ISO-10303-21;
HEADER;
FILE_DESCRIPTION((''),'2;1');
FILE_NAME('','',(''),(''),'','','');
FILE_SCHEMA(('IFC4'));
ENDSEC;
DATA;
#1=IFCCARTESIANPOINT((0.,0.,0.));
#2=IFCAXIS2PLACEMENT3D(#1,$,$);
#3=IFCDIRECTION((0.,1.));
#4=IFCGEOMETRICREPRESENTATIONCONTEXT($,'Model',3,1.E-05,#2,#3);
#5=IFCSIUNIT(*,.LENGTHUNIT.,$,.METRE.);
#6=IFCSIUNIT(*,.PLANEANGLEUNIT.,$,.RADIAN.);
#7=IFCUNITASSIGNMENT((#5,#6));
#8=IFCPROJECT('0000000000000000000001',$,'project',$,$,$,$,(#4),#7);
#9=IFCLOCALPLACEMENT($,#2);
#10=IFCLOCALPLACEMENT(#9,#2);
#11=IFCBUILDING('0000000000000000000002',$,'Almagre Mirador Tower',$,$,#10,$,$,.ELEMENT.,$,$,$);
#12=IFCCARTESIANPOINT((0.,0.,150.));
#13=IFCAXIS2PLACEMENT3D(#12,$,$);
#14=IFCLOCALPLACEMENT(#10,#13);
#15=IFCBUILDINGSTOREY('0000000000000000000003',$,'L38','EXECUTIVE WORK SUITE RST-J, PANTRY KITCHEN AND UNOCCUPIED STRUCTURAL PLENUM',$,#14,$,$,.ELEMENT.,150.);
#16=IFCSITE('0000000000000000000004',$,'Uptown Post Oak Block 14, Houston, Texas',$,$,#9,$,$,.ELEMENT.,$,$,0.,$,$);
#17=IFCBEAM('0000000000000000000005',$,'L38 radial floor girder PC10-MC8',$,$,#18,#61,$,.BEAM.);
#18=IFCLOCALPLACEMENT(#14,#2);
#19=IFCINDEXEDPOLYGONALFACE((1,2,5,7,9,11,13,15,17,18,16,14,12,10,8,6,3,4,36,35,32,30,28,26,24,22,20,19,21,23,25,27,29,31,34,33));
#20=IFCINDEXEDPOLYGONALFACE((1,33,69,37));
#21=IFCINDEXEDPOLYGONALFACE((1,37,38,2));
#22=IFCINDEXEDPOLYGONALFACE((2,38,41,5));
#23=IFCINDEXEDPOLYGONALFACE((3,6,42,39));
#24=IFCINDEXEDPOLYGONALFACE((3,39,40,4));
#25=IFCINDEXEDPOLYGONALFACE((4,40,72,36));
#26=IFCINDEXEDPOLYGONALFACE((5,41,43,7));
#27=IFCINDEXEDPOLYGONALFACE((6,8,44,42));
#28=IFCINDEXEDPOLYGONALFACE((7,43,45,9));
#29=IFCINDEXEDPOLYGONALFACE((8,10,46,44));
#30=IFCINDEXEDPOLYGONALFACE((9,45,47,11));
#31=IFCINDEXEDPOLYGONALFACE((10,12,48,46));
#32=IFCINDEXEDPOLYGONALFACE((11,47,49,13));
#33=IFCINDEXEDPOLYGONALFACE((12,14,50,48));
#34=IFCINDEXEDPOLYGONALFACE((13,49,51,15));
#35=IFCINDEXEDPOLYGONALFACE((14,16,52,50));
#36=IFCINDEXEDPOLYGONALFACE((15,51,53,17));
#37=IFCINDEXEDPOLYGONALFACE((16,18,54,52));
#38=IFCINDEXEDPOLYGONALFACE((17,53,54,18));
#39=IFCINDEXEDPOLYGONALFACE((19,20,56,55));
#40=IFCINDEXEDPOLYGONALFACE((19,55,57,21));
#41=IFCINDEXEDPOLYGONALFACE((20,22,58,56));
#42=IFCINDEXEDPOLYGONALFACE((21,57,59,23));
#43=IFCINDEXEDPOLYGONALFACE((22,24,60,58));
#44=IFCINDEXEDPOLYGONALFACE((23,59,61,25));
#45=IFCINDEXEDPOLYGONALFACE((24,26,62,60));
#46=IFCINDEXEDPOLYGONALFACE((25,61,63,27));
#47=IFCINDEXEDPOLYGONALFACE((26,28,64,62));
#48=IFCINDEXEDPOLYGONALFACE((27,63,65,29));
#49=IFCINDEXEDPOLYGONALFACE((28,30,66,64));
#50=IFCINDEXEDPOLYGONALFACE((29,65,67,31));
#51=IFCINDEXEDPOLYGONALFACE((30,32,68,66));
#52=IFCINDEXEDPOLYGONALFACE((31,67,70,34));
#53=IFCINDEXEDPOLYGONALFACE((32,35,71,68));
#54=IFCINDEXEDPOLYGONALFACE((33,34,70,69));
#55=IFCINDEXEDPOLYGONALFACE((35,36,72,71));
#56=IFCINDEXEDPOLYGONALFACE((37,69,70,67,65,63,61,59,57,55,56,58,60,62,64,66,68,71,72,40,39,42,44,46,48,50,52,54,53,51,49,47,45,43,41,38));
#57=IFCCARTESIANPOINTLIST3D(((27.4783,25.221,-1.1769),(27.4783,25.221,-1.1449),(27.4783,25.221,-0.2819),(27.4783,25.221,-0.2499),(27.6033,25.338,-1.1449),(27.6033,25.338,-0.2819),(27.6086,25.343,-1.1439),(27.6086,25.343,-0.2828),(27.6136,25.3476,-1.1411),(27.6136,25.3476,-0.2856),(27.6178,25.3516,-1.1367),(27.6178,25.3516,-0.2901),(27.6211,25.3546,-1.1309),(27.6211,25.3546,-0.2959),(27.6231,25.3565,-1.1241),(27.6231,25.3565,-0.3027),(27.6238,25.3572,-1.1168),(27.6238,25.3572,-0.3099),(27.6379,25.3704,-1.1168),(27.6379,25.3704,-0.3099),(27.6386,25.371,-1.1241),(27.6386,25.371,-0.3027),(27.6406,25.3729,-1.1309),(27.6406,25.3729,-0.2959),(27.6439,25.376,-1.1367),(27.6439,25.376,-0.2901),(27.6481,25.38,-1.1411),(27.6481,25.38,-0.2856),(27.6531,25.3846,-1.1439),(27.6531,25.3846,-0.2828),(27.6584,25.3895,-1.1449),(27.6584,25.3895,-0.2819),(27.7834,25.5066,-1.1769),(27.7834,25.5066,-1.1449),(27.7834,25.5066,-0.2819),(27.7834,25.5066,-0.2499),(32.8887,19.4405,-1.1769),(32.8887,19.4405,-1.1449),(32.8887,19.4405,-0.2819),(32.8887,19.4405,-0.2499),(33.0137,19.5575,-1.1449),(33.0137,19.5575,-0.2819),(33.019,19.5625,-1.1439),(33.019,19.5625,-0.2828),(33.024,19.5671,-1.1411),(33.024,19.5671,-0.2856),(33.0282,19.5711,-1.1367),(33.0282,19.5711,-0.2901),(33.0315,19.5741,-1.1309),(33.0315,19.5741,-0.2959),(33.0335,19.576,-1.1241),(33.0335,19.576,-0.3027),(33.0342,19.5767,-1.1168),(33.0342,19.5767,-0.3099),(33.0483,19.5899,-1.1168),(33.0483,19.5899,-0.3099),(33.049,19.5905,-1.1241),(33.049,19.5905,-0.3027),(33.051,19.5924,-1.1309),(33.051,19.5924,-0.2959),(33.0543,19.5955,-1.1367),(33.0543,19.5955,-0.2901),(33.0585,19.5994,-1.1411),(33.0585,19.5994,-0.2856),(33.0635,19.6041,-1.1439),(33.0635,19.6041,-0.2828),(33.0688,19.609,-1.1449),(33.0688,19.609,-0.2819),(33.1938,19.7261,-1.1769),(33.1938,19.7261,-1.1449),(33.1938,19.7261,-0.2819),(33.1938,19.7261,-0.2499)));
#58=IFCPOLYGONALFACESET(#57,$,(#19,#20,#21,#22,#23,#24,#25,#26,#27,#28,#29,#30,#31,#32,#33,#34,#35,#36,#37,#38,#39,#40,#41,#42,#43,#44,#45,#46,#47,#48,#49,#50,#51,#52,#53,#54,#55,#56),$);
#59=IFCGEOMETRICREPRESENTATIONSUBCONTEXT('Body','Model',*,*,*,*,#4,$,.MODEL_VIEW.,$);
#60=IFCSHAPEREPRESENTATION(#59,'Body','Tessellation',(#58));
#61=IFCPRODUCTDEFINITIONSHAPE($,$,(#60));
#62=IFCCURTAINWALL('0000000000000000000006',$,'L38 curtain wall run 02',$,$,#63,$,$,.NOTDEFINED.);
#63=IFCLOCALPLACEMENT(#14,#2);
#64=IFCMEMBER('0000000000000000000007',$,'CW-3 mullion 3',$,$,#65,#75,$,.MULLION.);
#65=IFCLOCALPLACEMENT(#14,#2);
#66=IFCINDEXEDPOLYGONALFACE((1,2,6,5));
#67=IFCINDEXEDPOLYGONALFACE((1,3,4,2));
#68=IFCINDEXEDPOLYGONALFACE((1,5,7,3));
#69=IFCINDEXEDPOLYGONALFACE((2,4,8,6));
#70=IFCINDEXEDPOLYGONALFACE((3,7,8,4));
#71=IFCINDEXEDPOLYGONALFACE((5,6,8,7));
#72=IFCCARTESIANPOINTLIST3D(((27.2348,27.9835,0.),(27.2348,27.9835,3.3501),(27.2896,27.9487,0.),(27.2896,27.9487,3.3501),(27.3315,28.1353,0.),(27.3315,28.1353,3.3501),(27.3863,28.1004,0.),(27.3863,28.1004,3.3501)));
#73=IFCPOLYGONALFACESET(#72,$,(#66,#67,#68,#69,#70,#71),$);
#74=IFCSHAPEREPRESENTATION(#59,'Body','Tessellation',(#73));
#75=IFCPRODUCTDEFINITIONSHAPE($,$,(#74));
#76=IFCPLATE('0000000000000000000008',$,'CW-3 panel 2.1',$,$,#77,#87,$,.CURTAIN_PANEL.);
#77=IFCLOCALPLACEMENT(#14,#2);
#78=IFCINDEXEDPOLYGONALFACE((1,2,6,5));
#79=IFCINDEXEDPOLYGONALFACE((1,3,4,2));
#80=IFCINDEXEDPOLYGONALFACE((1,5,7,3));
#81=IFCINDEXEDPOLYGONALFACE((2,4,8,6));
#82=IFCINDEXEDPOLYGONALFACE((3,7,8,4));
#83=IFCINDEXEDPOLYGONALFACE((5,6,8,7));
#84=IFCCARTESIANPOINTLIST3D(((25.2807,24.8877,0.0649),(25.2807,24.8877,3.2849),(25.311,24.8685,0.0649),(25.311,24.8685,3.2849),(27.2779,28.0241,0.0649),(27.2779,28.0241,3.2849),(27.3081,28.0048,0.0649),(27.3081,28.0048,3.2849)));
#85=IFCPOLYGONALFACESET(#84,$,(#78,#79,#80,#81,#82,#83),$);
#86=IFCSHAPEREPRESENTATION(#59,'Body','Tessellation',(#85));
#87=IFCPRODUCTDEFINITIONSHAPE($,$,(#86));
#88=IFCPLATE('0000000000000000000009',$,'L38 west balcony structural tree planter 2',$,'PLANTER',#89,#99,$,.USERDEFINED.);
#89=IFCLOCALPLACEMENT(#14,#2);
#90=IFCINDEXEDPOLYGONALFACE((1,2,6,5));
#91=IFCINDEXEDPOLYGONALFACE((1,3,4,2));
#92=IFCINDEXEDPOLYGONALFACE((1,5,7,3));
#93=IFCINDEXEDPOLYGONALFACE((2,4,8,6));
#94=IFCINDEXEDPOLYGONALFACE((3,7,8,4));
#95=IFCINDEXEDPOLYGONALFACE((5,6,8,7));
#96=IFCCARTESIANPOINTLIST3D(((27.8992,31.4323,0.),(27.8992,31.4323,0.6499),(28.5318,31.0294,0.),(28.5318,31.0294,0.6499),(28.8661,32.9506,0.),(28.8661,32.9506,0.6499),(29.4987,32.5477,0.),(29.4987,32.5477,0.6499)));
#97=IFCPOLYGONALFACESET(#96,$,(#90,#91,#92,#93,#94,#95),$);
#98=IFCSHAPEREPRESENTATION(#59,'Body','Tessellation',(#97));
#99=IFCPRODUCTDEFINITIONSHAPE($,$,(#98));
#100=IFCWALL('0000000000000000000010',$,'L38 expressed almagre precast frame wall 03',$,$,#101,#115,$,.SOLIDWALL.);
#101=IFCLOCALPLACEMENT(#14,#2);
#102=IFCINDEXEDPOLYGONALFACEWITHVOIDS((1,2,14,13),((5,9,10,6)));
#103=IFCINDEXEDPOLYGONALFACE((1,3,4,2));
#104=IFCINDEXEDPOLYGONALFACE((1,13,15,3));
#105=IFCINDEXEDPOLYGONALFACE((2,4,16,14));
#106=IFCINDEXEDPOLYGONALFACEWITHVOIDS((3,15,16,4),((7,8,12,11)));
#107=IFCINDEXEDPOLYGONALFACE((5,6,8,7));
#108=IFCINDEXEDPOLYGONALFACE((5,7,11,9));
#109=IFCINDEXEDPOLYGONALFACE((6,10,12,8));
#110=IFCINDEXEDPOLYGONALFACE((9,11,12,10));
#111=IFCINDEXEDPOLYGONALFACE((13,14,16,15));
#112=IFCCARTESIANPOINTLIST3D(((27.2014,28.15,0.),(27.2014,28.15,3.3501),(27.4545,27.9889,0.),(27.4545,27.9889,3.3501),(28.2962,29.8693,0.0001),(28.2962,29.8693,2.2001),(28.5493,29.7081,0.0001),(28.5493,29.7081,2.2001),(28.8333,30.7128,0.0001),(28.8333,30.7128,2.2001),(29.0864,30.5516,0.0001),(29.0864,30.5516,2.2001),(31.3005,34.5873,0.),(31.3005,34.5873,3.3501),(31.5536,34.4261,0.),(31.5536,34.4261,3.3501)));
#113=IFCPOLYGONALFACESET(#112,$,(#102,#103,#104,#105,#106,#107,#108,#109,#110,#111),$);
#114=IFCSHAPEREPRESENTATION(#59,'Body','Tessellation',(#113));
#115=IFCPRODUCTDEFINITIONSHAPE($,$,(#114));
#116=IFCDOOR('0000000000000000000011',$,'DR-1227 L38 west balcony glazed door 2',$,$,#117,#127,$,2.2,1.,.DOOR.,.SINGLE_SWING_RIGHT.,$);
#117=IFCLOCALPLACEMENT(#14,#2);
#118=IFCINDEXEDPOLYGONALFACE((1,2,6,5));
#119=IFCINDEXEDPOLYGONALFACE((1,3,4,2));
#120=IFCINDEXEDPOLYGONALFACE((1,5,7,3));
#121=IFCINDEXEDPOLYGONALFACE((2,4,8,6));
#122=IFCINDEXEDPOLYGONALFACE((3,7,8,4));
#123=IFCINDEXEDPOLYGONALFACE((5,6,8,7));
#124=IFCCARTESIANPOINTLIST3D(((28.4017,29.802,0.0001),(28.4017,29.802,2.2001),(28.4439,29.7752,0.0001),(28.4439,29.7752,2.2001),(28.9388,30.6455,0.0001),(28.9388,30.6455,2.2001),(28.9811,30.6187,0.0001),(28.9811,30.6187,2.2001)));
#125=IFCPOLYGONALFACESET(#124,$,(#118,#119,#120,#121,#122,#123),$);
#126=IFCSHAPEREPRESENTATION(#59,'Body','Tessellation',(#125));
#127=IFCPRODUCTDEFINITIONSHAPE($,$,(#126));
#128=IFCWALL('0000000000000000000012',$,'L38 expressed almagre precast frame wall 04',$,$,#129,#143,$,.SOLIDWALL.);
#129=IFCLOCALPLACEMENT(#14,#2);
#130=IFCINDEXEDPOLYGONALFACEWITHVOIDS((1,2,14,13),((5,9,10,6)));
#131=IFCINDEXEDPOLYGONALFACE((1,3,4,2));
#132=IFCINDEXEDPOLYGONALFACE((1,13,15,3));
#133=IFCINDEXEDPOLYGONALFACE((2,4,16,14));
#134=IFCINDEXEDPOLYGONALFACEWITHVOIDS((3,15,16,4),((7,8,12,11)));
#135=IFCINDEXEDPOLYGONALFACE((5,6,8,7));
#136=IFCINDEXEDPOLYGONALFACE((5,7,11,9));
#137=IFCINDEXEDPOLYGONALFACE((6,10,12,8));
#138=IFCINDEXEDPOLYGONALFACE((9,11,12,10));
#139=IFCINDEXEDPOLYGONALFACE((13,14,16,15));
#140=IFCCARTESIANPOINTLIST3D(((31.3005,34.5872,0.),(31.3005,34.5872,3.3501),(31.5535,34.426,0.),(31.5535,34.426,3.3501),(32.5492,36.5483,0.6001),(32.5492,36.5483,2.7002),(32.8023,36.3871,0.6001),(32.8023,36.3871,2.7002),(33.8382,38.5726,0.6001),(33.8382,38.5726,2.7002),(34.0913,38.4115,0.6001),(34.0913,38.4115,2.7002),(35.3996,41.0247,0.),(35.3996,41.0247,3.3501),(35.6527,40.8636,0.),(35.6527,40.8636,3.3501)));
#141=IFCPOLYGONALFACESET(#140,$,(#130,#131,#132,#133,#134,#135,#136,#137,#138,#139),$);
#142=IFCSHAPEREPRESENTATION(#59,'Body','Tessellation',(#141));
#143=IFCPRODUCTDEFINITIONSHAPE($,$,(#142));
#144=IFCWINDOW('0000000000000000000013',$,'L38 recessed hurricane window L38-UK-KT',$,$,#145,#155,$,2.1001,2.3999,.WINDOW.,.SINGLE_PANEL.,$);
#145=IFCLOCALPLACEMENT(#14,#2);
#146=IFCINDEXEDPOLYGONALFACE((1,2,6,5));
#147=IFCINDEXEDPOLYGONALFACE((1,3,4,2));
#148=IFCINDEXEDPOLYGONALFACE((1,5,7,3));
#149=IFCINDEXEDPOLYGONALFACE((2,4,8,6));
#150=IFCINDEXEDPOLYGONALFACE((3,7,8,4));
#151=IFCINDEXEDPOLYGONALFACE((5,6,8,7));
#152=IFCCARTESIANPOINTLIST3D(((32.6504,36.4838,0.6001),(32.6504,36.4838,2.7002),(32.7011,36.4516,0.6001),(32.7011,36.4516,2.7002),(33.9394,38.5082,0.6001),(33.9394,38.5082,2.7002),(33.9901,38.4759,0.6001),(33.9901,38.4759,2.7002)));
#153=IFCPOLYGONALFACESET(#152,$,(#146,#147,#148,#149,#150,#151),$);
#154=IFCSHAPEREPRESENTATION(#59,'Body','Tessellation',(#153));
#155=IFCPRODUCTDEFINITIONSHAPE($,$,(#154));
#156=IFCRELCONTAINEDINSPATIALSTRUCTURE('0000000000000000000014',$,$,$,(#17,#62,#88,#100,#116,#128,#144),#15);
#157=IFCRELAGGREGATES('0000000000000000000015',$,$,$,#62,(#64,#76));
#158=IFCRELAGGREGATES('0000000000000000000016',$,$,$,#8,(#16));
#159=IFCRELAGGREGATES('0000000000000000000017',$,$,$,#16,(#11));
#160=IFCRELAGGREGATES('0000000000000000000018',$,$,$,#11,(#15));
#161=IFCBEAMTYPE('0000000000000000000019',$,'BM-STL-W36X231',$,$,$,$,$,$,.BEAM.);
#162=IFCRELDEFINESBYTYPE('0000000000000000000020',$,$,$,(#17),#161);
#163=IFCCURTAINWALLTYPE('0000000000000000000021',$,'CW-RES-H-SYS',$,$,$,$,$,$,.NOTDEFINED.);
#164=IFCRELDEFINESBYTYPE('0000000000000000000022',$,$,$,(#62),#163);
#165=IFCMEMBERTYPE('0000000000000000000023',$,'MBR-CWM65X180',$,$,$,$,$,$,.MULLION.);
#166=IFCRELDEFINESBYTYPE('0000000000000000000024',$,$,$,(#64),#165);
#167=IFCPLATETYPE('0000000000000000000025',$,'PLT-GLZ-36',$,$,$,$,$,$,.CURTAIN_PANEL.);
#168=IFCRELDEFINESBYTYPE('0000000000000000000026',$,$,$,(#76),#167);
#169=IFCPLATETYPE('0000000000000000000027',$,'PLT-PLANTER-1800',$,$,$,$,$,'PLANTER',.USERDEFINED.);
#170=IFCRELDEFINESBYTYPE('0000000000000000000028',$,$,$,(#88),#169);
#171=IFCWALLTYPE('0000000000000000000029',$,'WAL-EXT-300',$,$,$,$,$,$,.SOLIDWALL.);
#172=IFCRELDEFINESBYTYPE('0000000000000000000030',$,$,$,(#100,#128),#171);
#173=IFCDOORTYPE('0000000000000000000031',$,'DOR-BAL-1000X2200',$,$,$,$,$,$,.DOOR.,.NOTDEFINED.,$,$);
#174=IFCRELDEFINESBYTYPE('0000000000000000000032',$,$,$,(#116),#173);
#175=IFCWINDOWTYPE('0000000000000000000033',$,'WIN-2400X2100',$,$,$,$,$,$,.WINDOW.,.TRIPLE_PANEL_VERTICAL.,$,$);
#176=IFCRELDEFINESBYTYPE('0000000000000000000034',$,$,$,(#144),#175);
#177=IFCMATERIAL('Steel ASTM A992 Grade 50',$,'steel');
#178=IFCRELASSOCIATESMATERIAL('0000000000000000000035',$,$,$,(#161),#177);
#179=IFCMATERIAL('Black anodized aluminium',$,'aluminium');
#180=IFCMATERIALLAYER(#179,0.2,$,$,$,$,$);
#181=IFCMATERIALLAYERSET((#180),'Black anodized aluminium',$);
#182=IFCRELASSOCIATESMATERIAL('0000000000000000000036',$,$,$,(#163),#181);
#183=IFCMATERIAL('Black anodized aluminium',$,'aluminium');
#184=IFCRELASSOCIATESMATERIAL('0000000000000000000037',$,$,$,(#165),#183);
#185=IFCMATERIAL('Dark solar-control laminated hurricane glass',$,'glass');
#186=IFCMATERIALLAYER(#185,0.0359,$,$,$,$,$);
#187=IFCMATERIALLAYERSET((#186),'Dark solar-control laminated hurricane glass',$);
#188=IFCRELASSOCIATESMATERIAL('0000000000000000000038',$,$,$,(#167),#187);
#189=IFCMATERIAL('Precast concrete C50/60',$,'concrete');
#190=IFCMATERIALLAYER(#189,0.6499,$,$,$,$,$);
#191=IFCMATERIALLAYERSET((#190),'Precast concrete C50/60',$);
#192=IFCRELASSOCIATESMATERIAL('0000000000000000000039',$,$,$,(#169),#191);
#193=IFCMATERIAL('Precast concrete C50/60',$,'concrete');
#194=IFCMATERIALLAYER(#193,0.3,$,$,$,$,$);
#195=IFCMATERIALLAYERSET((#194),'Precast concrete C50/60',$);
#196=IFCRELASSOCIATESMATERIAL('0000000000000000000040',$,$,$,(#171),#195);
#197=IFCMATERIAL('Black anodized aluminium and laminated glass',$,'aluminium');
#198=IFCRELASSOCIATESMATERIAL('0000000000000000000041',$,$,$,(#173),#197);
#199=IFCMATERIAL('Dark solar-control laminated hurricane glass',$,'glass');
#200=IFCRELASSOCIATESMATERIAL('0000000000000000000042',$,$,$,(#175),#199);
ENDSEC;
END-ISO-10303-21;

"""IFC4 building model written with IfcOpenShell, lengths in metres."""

from ifc_helpers import new_model, si_unit, direction, frame, frame_2d, origin, origin_2d, place, context, subcontext, project, spatial, rectangle, i_section, extrude, material, layer, layer_set, material_profile, profile_set, type_object, element, fill, aggregate, save


model = new_model("IFC4")

# Units and contexts
model_context = context("Model", 3, precision=1e-05, world=origin(), true_north=direction((0.0, 1.0)))
body_context = subcontext(model_context, "Body", "Model", "MODEL_VIEW")
ifc_project = project(units=[si_unit("LENGTHUNIT", "METRE"), si_unit("PLANEANGLEUNIT", "RADIAN")], contexts=[model_context])

# Site, building, storey
site_placement = place(None, origin())
site = spatial("IfcSite", under=ifc_project, at=site_placement, Name="Uptown Post Oak Block 14, Houston, Texas", CompositionType="ELEMENT", RefElevation=0.0)
building_placement = place(site_placement, origin())
building = spatial("IfcBuilding", under=site, at=building_placement, Name="Almagre Mirador Tower", CompositionType="ELEMENT")
storey_placement = place(building_placement, frame((0.0, 0.0, 150.0)))
storey = spatial("IfcBuildingStorey", under=building, at=storey_placement, Name="L38", Description="EXECUTIVE WORK SUITE RST-J, PANTRY KITCHEN AND UNOCCUPIED STRUCTURAL PLENUM", CompositionType="ELEMENT", Elevation=150.0)

# Beam
ifc_material_1 = material(Name="Steel ASTM A992 Grade 50", Category="steel")
ifc_material_profile_1 = material_profile(ifc_material_1, i_section(OverallWidth=0.418, OverallDepth=0.927, WebThickness=0.0193, FlangeThickness=0.032, FilletRadius=0.0281, at=origin_2d()), Name="W36X231")
ifc_profile_set_1 = profile_set([ifc_material_profile_1], Name="Steel ASTM A992 Grade 50")
beam_type_1 = type_object("IfcBeamType", Name="BM-STL-W36X231", PredefinedType="BEAM", material=ifc_profile_set_1)
beam_1_placement = place(storey_placement, frame((27.6309, 25.3638, -0.7134), z_axis=(0.683347, -0.730094, 0.0), x_axis=(0.730094, 0.683347, 0.0)))
element("IfcBeam", 1, at=beam_1_placement, inside=storey, type_object=beam_type_1, Name="L38 radial floor girder PC10-MC8", PredefinedType="BEAM", context=body_context, shape_type="SweptSolid", body=[
    extrude(i_section(OverallWidth=0.418, OverallDepth=0.927, WebThickness=0.0193, FlangeThickness=0.032, FilletRadius=0.0281, at=origin_2d()), origin(), (0.0, 0.0, 1.0), 7.9175),
])

# Curtain wall, member, plate
ifc_material_2 = material(Name="Black anodized aluminium", Category="aluminium")
ifc_layer_1 = layer(ifc_material_2, 0.2)
ifc_layer_set_1 = layer_set([ifc_layer_1], Name="Black anodized aluminium")
curtain_wall_type = type_object("IfcCurtainWallType", Name="CW-RES-H-SYS", PredefinedType="NOTDEFINED", material=ifc_layer_set_1)
curtain_wall_placement = place(storey_placement, origin())
curtain_wall = element("IfcCurtainWall", 2, at=curtain_wall_placement, inside=storey, type_object=curtain_wall_type, Name="L38 curtain wall run 02", PredefinedType="NOTDEFINED")
ifc_material_3 = material(Name="Black anodized aluminium", Category="aluminium")
ifc_material_profile_2 = material_profile(ifc_material_3, rectangle(XDim=0.0649, YDim=0.1799, at=origin_2d()), Name="CWM65X180")
ifc_profile_set_2 = profile_set([ifc_material_profile_2], Name="Black anodized aluminium")
member_type = type_object("IfcMemberType", Name="MBR-CWM65X180", PredefinedType="MULLION", material=ifc_profile_set_2)
member_placement = place(storey_placement, frame((27.3105, 28.042, 0.0), z_axis=(0.0, 0.0, 1.0), x_axis=(-0.843509, 0.537115, 0.0)))
member = element("IfcMember", 3, at=member_placement, type_object=member_type, Name="CW-3 mullion 3", PredefinedType="MULLION", context=body_context, shape_type="SweptSolid", body=[
    extrude(rectangle(XDim=0.0649, YDim=0.1799, at=origin_2d()), origin(), (0.0, 0.0, 1.0), 3.3501),
])
ifc_material_4 = material(Name="Dark solar-control laminated hurricane glass", Category="glass")
ifc_layer_2 = layer(ifc_material_4, 0.0359)
ifc_layer_set_2 = layer_set([ifc_layer_2], Name="Dark solar-control laminated hurricane glass")
plate_type_1 = type_object("IfcPlateType", Name="PLT-GLZ-36", PredefinedType="CURTAIN_PANEL", material=ifc_layer_set_2)
plate_1_placement = place(storey_placement, frame((26.2944, 26.4463, 0.0649), z_axis=(0.0, 0.0, 1.0), x_axis=(0.537115, 0.843509, 0.0)))
plate_1 = element("IfcPlate", 4, at=plate_1_placement, type_object=plate_type_1, Name="CW-3 panel 2.1", PredefinedType="CURTAIN_PANEL", context=body_context, shape_type="SweptSolid", body=[
    extrude(rectangle(XDim=3.7183, YDim=0.0359, at=origin_2d()), origin(), (0.0, 0.0, 1.0), 3.22),
])
aggregate(curtain_wall, [member, plate_1])

# Plate
ifc_material_5 = material(Name="Precast concrete C50/60", Category="concrete")
ifc_layer_3 = layer(ifc_material_5, 0.6499)
ifc_layer_set_3 = layer_set([ifc_layer_3], Name="Precast concrete C50/60")
plate_type_2 = type_object("IfcPlateType", Name="PLT-PLANTER-1800", ElementType="PLANTER", PredefinedType="USERDEFINED", material=ifc_layer_set_3)
plate_2_placement = place(storey_placement, frame((28.699, 31.99, 0.0), z_axis=(0.0, 0.0, 1.0), x_axis=(-0.537138, -0.843495, 0.0)))
element("IfcPlate", 5, at=plate_2_placement, inside=storey, type_object=plate_type_2, Name="L38 west balcony structural tree planter 2", ObjectType="PLANTER", PredefinedType="USERDEFINED", context=body_context, shape_type="SweptSolid", body=[
    extrude(rectangle(XDim=1.8, YDim=0.75, at=origin_2d()), origin(), (0.0, 0.0, 1.0), 0.6499),
])

# Wall, opening, door
ifc_material_6 = material(Name="Precast concrete C50/60", Category="concrete")
ifc_layer_4 = layer(ifc_material_6, 0.3)
ifc_layer_set_4 = layer_set([ifc_layer_4], Name="Precast concrete C50/60")
wall_type_1 = type_object("IfcWallType", Name="WAL-EXT-300", PredefinedType="SOLIDWALL", material=ifc_layer_set_4)
wall_1_placement = place(storey_placement, frame((27.3279, 28.0693, 0.0), z_axis=(0.0, 0.0, 1.0), x_axis=(0.537126, 0.843502, 0.0)))
wall_1 = element("IfcWall", 6, at=wall_1_placement, inside=storey, type_object=wall_type_1, Name="L38 expressed almagre precast frame wall 03", PredefinedType="SOLIDWALL", context=body_context, shape_type="SweptSolid", body=[
    extrude(rectangle(XDim=7.6316, YDim=0.3, at=frame_2d((3.8159, 0.0))), origin(), (0.0, 0.0, 1.0), 3.3501),
])
opening_1_placement = place(wall_1_placement, frame((2.0383, 0.0, 0.0)))
opening_1 = element("IfcOpeningElement", 7, at=opening_1_placement, cuts=wall_1, PredefinedType="OPENING", context=body_context, shape_type="SweptSolid", body=[
    extrude(rectangle(XDim=1.0, YDim=2.2, at=frame_2d((0.5, 1.1001))), frame((0.0, 0.1599, 0.0), z_axis=(0.0, -1.0, 0.0), x_axis=(1.0, 0.0, 0.0)), (0.0, 0.0, 1.0), 0.32),
])
ifc_material_7 = material(Name="Black anodized aluminium and laminated glass", Category="aluminium")
door_type_1 = type_object("IfcDoorType", Name="DOR-BAL-1000X2200", OperationType="NOTDEFINED", PredefinedType="DOOR", material=ifc_material_7)
door_1_placement = place(opening_1_placement, origin())
door_1 = element("IfcDoor", 8, at=door_1_placement, inside=storey, type_object=door_type_1, Name="DR-1227 L38 west balcony glazed door 2", OperationType="SINGLE_SWING_RIGHT", OverallHeight=2.2, OverallWidth=1.0, PredefinedType="DOOR", context=body_context, shape_type="SweptSolid", body=[
    extrude(rectangle(XDim=1.0, YDim=2.2, at=frame_2d((0.5, 1.1001))), frame((0.0, 0.0249, 0.0), z_axis=(0.0, -1.0, 0.0), x_axis=(1.0, 0.0, 0.0)), (0.0, 0.0, 1.0), 0.05),
])
fill(opening_1, door_1)

# Wall, opening, window
wall_2_placement = place(storey_placement, frame((31.427, 34.5066, 0.0), z_axis=(0.0, 0.0, 1.0), x_axis=(0.537111, 0.843511, 0.0)))
wall_2 = element("IfcWall", 9, at=wall_2_placement, inside=storey, type_object=wall_type_1, Name="L38 expressed almagre precast frame wall 04", PredefinedType="SOLIDWALL", context=body_context, shape_type="SweptSolid", body=[
    extrude(rectangle(XDim=7.6318, YDim=0.3, at=frame_2d((3.8159, 0.0))), origin(), (0.0, 0.0, 1.0), 3.3501),
])
opening_2_placement = place(wall_2_placement, frame((2.325, 0.0, 0.6001)))
opening_2 = element("IfcOpeningElement", 10, at=opening_2_placement, cuts=wall_2, PredefinedType="OPENING", context=body_context, shape_type="SweptSolid", body=[
    extrude(rectangle(XDim=2.3999, YDim=2.1001, at=frame_2d((1.2, 1.05))), frame((0.0, 0.1599, 0.0), z_axis=(0.0, -1.0, 0.0), x_axis=(1.0, 0.0, 0.0)), (0.0, 0.0, 1.0), 0.32),
])
ifc_material_8 = material(Name="Dark solar-control laminated hurricane glass", Category="glass")
window_type = type_object("IfcWindowType", Name="WIN-2400X2100", PartitioningType="TRIPLE_PANEL_VERTICAL", PredefinedType="WINDOW", material=ifc_material_8)
window_placement = place(opening_2_placement, origin())
window = element("IfcWindow", 11, at=window_placement, inside=storey, type_object=window_type, Name="L38 recessed hurricane window L38-UK-KT", OverallHeight=2.1001, OverallWidth=2.3999, PartitioningType="SINGLE_PANEL", PredefinedType="WINDOW", context=body_context, shape_type="SweptSolid", body=[
    extrude(rectangle(XDim=2.3999, YDim=2.1001, at=frame_2d((1.2, 1.05))), frame((0.0, 0.03, 0.0), z_axis=(0.0, -1.0, 0.0), x_axis=(1.0, 0.0, 0.0)), (0.0, 0.0, 1.0), 0.0601),
])
fill(opening_2, window)

save(model, "model.ifc")
